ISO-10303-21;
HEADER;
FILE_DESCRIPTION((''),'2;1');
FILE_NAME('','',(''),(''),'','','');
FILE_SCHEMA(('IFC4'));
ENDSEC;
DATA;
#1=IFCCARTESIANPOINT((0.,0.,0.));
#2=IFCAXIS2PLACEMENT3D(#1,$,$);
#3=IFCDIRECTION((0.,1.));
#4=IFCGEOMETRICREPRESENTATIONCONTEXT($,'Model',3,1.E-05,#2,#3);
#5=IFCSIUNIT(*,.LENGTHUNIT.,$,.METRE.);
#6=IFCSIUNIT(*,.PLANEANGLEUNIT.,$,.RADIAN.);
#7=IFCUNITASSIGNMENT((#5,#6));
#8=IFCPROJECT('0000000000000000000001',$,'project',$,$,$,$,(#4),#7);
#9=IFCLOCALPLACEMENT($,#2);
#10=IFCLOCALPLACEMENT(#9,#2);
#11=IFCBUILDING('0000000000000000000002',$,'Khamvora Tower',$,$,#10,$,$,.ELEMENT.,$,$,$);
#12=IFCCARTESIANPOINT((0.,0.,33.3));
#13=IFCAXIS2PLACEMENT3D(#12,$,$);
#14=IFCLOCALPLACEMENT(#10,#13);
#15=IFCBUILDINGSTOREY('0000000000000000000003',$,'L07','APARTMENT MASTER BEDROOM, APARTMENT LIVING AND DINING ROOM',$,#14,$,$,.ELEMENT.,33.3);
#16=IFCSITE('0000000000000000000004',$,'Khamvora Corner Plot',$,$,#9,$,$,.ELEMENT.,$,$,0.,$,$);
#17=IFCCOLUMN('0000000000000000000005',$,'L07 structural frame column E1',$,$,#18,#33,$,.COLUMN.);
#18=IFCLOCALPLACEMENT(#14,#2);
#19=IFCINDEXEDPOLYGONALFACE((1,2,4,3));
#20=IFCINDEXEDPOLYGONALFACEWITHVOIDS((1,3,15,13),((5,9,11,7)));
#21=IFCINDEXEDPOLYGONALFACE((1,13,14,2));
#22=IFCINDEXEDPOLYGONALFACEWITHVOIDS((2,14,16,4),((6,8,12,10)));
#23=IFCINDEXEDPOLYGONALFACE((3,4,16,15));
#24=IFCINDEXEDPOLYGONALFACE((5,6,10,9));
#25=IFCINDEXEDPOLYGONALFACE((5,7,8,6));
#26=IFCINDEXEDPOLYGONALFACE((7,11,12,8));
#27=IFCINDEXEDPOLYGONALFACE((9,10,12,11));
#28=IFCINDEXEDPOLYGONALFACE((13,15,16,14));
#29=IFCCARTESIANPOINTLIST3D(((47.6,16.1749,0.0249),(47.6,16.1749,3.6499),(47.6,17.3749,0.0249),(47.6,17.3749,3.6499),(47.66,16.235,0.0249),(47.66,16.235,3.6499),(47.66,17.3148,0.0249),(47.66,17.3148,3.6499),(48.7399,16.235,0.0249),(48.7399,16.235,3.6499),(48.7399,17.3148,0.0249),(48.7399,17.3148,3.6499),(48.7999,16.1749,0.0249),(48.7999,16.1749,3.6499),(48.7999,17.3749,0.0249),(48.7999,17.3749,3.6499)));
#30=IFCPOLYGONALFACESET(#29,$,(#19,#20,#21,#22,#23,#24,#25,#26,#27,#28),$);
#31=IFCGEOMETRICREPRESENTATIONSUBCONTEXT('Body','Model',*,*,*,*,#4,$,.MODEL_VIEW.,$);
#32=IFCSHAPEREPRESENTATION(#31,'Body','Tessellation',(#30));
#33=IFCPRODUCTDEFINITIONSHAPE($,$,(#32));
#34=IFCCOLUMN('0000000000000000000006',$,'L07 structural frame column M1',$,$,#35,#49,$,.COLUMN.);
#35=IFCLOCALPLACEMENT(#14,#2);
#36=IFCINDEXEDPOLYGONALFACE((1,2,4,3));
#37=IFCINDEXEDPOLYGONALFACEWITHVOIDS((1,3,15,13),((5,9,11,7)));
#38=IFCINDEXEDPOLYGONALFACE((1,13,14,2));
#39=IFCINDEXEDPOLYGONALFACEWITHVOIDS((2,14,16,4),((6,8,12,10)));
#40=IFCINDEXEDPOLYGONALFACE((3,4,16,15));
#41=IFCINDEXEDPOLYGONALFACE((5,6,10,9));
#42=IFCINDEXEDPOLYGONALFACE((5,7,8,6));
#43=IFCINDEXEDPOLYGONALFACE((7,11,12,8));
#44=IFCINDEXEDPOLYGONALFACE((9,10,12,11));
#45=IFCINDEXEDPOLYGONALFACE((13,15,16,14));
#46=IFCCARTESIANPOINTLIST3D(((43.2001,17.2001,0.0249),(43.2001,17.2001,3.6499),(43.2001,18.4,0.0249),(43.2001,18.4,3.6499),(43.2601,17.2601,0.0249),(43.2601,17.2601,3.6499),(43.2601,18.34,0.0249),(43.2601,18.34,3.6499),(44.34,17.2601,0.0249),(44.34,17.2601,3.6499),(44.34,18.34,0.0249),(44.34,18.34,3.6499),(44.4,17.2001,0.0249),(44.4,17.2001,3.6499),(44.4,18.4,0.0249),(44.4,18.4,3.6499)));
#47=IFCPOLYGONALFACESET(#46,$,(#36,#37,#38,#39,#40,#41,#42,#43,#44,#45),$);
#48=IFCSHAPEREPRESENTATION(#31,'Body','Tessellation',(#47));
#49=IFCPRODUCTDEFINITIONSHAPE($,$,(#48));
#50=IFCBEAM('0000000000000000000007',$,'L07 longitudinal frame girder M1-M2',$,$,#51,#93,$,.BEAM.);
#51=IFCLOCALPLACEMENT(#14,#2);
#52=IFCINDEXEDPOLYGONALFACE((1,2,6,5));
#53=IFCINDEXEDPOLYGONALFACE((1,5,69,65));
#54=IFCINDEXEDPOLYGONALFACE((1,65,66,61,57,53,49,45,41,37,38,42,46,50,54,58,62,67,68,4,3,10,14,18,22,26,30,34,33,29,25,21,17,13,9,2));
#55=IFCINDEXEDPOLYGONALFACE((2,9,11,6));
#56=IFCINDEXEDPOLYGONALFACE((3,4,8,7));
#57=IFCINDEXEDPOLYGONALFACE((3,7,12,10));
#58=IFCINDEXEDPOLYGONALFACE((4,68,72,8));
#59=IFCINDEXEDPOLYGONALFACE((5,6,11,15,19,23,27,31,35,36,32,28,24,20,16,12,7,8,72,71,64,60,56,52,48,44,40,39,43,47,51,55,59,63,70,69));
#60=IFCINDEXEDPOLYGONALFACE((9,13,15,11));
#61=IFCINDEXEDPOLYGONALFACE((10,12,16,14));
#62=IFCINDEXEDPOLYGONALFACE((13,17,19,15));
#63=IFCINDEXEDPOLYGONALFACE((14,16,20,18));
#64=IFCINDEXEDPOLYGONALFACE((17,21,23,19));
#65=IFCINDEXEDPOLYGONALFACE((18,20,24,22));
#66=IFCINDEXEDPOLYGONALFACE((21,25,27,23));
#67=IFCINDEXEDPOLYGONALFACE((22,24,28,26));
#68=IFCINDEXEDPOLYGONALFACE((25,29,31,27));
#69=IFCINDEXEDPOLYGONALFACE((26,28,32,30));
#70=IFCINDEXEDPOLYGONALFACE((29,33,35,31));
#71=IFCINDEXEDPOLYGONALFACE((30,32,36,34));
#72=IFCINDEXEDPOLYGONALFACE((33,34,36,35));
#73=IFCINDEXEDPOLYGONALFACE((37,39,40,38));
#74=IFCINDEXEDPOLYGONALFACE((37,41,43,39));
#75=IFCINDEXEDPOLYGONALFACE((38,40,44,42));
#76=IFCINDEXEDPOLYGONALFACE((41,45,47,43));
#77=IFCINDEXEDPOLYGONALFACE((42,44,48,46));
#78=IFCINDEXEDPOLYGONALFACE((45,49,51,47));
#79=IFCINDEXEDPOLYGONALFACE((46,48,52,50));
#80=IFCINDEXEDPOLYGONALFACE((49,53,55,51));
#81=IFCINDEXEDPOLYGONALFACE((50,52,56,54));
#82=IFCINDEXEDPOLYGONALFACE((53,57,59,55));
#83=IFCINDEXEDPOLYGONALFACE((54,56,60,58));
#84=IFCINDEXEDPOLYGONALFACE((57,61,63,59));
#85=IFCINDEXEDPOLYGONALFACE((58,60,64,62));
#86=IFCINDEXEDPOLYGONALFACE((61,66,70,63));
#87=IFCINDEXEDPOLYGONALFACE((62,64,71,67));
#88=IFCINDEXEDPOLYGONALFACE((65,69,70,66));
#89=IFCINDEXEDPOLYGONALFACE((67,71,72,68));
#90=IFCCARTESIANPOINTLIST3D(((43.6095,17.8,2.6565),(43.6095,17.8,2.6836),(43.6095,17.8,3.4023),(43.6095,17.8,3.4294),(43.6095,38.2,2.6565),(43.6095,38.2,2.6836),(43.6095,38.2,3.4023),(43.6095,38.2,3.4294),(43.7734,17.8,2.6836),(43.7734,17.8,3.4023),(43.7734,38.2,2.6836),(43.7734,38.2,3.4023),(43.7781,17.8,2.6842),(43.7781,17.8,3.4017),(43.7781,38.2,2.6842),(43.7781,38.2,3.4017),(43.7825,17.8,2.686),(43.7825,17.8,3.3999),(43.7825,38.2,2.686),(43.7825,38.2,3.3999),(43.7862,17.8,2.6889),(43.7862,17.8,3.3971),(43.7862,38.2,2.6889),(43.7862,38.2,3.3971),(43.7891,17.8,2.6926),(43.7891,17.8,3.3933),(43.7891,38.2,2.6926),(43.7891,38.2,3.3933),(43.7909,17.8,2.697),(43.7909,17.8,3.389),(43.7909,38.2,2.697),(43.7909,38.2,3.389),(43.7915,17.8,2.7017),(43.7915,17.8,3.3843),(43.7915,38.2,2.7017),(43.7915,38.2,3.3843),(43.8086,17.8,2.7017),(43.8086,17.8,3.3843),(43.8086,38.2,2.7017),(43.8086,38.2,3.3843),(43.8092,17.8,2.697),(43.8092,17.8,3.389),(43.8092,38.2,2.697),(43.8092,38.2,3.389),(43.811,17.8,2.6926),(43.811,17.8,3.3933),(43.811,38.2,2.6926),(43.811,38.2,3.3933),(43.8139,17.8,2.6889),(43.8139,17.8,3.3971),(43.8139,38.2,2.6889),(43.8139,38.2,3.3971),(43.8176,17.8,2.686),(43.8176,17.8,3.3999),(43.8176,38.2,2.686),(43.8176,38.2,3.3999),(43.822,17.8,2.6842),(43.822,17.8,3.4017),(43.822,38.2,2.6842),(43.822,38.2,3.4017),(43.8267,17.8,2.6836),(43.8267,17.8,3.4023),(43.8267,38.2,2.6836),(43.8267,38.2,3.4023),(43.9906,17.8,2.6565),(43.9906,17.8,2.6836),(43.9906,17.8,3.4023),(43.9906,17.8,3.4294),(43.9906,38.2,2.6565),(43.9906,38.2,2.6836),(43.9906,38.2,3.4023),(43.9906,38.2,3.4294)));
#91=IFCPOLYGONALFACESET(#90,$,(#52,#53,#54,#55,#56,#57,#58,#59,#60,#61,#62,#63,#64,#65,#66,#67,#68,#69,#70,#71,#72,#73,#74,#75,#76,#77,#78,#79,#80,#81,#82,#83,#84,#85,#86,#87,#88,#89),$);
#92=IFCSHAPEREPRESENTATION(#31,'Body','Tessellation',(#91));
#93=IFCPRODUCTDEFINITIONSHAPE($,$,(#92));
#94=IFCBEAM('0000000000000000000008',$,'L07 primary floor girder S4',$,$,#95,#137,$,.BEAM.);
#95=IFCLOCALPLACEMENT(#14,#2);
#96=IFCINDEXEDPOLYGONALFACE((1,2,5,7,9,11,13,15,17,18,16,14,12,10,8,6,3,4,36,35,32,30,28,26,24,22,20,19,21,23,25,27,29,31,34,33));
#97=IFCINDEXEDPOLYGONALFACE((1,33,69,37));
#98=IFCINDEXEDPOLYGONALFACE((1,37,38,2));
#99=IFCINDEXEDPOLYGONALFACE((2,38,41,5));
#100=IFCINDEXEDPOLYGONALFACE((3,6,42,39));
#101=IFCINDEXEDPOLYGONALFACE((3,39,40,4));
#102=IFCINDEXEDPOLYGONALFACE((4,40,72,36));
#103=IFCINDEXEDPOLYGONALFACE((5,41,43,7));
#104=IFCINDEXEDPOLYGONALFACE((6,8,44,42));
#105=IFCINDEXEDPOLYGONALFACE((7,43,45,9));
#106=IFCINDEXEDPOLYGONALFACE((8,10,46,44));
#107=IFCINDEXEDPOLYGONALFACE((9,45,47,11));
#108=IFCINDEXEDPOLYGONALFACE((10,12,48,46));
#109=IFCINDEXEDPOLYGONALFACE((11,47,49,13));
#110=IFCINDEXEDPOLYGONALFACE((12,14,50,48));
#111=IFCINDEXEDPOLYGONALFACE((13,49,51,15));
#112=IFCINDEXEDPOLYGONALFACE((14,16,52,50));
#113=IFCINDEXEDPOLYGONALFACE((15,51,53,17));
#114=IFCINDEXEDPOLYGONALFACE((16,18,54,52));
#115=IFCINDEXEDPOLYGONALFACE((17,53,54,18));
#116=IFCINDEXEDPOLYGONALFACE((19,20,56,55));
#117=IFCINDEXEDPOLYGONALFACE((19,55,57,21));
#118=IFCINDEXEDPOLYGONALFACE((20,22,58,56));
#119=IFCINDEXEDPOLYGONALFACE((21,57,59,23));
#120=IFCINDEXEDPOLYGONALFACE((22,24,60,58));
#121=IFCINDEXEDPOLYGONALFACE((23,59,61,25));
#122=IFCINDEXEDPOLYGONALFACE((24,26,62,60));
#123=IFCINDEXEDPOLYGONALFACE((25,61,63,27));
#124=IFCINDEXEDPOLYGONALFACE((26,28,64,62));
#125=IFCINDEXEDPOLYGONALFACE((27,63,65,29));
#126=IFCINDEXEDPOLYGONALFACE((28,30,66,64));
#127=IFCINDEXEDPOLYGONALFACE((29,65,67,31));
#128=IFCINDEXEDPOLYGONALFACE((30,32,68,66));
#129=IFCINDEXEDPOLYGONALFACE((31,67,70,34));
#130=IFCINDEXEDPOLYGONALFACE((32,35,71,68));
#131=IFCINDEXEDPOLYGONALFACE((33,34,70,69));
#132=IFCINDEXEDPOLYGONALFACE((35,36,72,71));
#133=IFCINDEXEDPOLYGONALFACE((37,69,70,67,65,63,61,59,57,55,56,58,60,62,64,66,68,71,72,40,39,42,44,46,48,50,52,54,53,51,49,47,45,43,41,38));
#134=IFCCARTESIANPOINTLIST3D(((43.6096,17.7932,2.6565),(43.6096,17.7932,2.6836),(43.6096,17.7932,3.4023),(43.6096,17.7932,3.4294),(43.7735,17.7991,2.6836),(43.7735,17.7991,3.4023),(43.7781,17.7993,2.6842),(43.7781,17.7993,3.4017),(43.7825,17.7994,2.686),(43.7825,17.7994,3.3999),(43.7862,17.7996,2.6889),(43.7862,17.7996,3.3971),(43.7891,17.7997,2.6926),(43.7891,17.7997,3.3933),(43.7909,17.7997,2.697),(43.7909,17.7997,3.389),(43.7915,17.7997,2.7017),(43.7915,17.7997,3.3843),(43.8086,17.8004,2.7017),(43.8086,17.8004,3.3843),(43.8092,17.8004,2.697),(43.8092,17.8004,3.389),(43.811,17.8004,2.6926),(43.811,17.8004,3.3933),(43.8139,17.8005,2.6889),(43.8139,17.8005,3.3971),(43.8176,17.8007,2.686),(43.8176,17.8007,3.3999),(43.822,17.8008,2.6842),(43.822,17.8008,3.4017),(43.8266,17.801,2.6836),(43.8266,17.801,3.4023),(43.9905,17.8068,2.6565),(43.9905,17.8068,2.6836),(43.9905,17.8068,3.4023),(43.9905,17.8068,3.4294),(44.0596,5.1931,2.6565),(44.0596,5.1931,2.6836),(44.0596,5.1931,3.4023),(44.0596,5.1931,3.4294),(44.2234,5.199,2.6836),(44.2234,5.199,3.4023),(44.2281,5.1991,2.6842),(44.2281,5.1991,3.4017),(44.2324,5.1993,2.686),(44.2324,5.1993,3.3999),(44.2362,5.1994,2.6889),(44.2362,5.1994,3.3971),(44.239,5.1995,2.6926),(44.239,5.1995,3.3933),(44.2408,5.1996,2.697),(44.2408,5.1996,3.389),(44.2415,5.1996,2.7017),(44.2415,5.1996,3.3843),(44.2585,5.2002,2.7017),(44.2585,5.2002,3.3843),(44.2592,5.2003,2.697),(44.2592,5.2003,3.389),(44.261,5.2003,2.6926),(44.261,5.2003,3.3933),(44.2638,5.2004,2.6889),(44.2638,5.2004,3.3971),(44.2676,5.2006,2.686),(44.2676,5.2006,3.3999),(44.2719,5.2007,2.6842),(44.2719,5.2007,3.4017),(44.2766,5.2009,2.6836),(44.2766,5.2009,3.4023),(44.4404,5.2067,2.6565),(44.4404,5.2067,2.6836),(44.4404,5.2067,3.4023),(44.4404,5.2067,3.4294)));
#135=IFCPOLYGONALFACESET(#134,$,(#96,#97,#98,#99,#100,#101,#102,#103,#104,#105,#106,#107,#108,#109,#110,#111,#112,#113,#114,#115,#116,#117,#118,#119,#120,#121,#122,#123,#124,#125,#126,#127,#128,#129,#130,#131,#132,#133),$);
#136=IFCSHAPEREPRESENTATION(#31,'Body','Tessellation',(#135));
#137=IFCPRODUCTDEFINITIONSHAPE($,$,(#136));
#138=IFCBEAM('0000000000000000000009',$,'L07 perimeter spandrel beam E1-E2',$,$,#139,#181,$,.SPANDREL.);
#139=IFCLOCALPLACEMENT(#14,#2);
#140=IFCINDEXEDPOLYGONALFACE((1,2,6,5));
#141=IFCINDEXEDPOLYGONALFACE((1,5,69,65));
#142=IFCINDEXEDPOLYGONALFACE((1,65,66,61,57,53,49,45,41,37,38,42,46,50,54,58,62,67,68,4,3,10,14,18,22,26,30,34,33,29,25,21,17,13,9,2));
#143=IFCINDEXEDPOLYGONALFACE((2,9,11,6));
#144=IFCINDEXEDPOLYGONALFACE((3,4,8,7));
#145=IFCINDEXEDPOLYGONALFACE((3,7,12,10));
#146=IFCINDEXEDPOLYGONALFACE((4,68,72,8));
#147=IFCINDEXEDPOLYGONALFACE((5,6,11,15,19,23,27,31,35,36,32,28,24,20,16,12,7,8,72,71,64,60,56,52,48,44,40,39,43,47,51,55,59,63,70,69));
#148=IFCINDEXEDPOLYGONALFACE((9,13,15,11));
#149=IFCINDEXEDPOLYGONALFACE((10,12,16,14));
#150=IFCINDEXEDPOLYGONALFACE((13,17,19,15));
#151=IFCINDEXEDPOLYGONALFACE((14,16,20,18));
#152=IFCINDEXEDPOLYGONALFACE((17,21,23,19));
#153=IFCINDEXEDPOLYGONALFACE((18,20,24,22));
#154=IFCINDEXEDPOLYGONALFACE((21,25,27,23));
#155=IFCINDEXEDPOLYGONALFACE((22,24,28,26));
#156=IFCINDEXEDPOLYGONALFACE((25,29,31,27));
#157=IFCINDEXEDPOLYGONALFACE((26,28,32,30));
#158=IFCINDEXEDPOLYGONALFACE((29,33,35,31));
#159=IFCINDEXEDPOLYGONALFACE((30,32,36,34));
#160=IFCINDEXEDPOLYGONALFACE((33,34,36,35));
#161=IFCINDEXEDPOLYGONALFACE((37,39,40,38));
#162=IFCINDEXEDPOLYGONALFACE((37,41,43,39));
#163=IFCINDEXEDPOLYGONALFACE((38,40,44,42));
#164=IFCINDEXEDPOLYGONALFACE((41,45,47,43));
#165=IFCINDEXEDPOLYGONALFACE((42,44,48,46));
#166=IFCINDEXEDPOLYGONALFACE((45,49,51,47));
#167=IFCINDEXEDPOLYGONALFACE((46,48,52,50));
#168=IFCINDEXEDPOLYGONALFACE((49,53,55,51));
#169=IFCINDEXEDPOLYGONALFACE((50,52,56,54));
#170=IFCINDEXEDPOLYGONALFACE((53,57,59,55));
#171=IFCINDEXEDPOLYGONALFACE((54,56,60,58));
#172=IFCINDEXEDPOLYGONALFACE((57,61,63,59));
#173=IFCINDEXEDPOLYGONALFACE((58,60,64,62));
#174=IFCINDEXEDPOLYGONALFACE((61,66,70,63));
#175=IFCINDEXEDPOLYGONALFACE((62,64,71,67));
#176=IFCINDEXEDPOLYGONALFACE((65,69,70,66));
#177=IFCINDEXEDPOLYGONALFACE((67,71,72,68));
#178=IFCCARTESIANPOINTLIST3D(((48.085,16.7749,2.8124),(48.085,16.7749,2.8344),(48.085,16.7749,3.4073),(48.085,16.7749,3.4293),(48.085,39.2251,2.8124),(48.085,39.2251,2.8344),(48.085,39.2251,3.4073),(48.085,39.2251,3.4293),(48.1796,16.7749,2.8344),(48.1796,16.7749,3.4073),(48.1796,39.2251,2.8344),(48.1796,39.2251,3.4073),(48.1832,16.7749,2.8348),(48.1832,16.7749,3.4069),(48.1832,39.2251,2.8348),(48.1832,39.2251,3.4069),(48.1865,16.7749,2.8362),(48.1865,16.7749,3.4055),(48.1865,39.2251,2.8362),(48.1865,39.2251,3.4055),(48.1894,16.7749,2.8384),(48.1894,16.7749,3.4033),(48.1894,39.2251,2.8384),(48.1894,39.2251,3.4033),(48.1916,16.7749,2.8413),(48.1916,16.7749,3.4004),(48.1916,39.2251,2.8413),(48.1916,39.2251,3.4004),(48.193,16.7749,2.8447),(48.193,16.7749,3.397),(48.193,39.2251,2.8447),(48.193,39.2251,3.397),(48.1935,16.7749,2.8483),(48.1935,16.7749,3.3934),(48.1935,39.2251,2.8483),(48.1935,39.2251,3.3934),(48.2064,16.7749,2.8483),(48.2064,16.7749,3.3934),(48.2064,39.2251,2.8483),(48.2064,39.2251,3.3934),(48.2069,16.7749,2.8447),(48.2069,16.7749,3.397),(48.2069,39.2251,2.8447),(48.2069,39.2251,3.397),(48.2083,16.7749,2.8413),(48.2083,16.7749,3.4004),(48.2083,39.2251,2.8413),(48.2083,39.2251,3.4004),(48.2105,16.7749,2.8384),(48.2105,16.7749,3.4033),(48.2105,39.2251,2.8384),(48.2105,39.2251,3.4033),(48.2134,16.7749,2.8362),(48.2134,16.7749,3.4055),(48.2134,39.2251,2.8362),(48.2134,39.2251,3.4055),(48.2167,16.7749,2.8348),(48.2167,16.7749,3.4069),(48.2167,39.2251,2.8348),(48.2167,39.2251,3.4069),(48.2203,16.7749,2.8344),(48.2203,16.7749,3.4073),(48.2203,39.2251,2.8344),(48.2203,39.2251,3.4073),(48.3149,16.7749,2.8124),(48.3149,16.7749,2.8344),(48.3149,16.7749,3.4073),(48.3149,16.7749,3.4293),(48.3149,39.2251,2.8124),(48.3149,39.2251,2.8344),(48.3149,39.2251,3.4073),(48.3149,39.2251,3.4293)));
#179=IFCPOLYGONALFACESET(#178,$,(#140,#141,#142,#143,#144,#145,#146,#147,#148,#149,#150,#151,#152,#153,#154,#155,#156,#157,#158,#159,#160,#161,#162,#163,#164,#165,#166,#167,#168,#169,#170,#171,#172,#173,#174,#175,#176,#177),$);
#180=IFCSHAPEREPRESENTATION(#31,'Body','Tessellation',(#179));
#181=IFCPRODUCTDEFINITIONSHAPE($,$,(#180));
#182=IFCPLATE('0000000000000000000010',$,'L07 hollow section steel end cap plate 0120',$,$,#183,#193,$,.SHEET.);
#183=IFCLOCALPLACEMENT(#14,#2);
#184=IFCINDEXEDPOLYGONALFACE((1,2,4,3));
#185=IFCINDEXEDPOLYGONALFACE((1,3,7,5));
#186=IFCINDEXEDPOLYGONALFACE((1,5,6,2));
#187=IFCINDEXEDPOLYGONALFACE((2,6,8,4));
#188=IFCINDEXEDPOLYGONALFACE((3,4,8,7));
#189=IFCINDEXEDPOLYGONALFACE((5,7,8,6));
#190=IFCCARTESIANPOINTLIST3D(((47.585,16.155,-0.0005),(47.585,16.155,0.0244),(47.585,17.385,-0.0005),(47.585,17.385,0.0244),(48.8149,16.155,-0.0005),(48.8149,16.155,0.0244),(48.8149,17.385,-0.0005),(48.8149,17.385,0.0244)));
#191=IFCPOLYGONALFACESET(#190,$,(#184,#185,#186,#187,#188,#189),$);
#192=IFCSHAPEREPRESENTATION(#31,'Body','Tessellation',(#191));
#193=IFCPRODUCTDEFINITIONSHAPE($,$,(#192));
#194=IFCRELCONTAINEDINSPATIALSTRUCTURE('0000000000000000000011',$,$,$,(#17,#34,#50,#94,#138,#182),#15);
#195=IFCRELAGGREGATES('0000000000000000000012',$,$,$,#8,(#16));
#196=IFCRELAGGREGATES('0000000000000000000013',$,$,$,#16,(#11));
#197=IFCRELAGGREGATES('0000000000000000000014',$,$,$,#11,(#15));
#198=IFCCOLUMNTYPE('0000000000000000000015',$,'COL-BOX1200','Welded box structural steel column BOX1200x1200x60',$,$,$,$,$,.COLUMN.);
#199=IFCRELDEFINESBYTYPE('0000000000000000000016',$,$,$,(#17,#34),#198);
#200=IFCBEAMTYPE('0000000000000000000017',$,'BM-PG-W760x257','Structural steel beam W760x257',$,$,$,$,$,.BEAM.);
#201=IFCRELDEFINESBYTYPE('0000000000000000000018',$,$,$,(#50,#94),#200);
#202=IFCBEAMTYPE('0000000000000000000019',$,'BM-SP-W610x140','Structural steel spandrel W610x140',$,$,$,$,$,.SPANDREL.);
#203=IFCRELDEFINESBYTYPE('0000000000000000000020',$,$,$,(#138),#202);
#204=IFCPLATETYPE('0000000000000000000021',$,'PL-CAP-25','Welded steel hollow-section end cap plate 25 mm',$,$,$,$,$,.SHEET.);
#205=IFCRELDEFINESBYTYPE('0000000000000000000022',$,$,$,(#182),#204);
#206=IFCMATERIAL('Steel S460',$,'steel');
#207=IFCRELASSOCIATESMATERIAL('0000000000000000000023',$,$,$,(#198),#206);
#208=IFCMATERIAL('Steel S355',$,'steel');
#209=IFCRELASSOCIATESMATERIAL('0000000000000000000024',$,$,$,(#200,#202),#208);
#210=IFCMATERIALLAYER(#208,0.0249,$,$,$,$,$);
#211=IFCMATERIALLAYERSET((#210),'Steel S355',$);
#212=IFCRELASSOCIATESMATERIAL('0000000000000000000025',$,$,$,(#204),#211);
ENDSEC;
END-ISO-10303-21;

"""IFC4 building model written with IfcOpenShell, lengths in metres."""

from ifc_helpers import new_model, si_unit, direction, frame, origin, origin_2d, place, context, subcontext, project, spatial, rectangle, hollow_rectangle, i_section, extrude, material, layer, layer_set, material_profile, profile_set, type_object, element, save


model = new_model("IFC4")

# Units and contexts
model_context = context("Model", 3, precision=1e-05, world=origin(), true_north=direction((0.0, 1.0)))
body_context = subcontext(model_context, "Body", "Model", "MODEL_VIEW")
ifc_project = project(units=[si_unit("LENGTHUNIT", "METRE"), si_unit("PLANEANGLEUNIT", "RADIAN")], contexts=[model_context])

# Site, building, storey
site_placement = place(None, origin())
site = spatial("IfcSite", under=ifc_project, at=site_placement, Name="Khamvora Corner Plot", CompositionType="ELEMENT", RefElevation=0.0)
building_placement = place(site_placement, origin())
building = spatial("IfcBuilding", under=site, at=building_placement, Name="Khamvora Tower", CompositionType="ELEMENT")
storey_placement = place(building_placement, frame((0.0, 0.0, 33.3)))
storey = spatial("IfcBuildingStorey", under=building, at=storey_placement, Name="L07", Description="APARTMENT MASTER BEDROOM, APARTMENT LIVING AND DINING ROOM", CompositionType="ELEMENT", Elevation=33.3)

# Columns
ifc_material_1 = material(Name="Steel S460", Category="steel")
ifc_material_profile_1 = material_profile(ifc_material_1, hollow_rectangle(XDim=1.2, YDim=1.2, WallThickness=0.0601, at=origin_2d()), Name="BOX1200x1200x60")
ifc_profile_set_1 = profile_set([ifc_material_profile_1], Name="Steel S460")
column_type = type_object("IfcColumnType", Name="COL-BOX1200", Description="Welded box structural steel column BOX1200x1200x60", PredefinedType="COLUMN", material=ifc_profile_set_1)
for number, where, z_axis, x_axis, name in (
    (1, (48.2, 16.7749, 0.0249), (0.0, 0.0, 1.0), (1.0, 0.0, 0.0), "L07 structural frame column E1"),
    (2, (43.8, 17.8, 0.0249), (0.0, 0.0, 1.0), (1.0, 0.0, 0.0), "L07 structural frame column M1"),
):
    element("IfcColumn", number, at=place(storey_placement, frame(where, z_axis=z_axis, x_axis=x_axis)), inside=storey, type_object=column_type, Name=name, PredefinedType="COLUMN", context=body_context, shape_type="SweptSolid", body=[
        extrude(hollow_rectangle(XDim=1.2, YDim=1.2, WallThickness=0.0601, at=origin_2d()), origin(), (0.0, 0.0, 1.0), 3.625),
    ])

# Beams
ifc_material_2 = material(Name="Steel S355", Category="steel")
ifc_material_profile_2 = material_profile(ifc_material_2, i_section(OverallWidth=0.3811, OverallDepth=0.7729, WebThickness=0.0171, FlangeThickness=0.0271, FilletRadius=0.0181, at=origin_2d()), Name="W760x257")
ifc_profile_set_2 = profile_set([ifc_material_profile_2], Name="Steel S355")
beam_type_1 = type_object("IfcBeamType", Name="BM-PG-W760x257", Description="Structural steel beam W760x257", PredefinedType="BEAM", material=ifc_profile_set_2)
beam_1_placement = place(storey_placement, frame((43.8, 17.8, 3.043), z_axis=(0.0, 1.0, 0.0), x_axis=(-1.0, 0.0, 0.0)))
element("IfcBeam", 3, at=beam_1_placement, inside=storey, type_object=beam_type_1, Name="L07 longitudinal frame girder M1-M2", PredefinedType="BEAM", context=body_context, shape_type="SweptSolid", body=[
    extrude(i_section(OverallWidth=0.3811, OverallDepth=0.7729, WebThickness=0.0171, FlangeThickness=0.0271, FilletRadius=0.0181, at=origin_2d()), origin(), (0.0, 0.0, 1.0), 20.3999),
])
beam_2_placement = place(storey_placement, frame((43.8, 17.8, 3.043), z_axis=(0.035687, -0.999363, 0.0), x_axis=(0.999363, 0.035687, 0.0)))
element("IfcBeam", 4, at=beam_2_placement, inside=storey, type_object=beam_type_1, Name="L07 primary floor girder S4", PredefinedType="BEAM", context=body_context, shape_type="SweptSolid", body=[
    extrude(i_section(OverallWidth=0.3811, OverallDepth=0.7729, WebThickness=0.0171, FlangeThickness=0.0271, FilletRadius=0.0181, at=origin_2d()), origin(), (0.0, 0.0, 1.0), 12.6082),
])
ifc_material_profile_3 = material_profile(ifc_material_2, i_section(OverallWidth=0.23, OverallDepth=0.6169, WebThickness=0.0129, FlangeThickness=0.022, FilletRadius=0.0139, at=origin_2d()), Name="W610x140")
ifc_profile_set_3 = profile_set([ifc_material_profile_3], Name="Steel S355")
beam_type_2 = type_object("IfcBeamType", Name="BM-SP-W610x140", Description="Structural steel spandrel W610x140", PredefinedType="SPANDREL", material=ifc_profile_set_3)
beam_3_placement = place(storey_placement, frame((48.2, 16.7749, 3.1208), z_axis=(0.0, 1.0, 0.0), x_axis=(-1.0, 0.0, 0.0)))
element("IfcBeam", 5, at=beam_3_placement, inside=storey, type_object=beam_type_2, Name="L07 perimeter spandrel beam E1-E2", PredefinedType="SPANDREL", context=body_context, shape_type="SweptSolid", body=[
    extrude(i_section(OverallWidth=0.23, OverallDepth=0.6169, WebThickness=0.0129, FlangeThickness=0.022, FilletRadius=0.0139, at=origin_2d()), origin(), (0.0, 0.0, 1.0), 22.4502),
])

# Plate
ifc_layer_1 = layer(ifc_material_2, 0.0249)
ifc_layer_set_1 = layer_set([ifc_layer_1], Name="Steel S355")
plate_type = type_object("IfcPlateType", Name="PL-CAP-25", Description="Welded steel hollow-section end cap plate 25 mm", PredefinedType="SHEET", material=ifc_layer_set_1)
plate_placement = place(storey_placement, frame((48.2, 16.77, -0.0005), z_axis=(0.0, 0.0, 1.0), x_axis=(1.0, 0.0, 0.0)))
element("IfcPlate", 6, at=plate_placement, inside=storey, type_object=plate_type, Name="L07 hollow section steel end cap plate 0120", PredefinedType="SHEET", context=body_context, shape_type="SweptSolid", body=[
    extrude(rectangle(XDim=1.23, YDim=1.23, at=origin_2d()), origin(), (0.0, 0.0, 1.0), 0.0249),
])

save(model, "model.ifc")
